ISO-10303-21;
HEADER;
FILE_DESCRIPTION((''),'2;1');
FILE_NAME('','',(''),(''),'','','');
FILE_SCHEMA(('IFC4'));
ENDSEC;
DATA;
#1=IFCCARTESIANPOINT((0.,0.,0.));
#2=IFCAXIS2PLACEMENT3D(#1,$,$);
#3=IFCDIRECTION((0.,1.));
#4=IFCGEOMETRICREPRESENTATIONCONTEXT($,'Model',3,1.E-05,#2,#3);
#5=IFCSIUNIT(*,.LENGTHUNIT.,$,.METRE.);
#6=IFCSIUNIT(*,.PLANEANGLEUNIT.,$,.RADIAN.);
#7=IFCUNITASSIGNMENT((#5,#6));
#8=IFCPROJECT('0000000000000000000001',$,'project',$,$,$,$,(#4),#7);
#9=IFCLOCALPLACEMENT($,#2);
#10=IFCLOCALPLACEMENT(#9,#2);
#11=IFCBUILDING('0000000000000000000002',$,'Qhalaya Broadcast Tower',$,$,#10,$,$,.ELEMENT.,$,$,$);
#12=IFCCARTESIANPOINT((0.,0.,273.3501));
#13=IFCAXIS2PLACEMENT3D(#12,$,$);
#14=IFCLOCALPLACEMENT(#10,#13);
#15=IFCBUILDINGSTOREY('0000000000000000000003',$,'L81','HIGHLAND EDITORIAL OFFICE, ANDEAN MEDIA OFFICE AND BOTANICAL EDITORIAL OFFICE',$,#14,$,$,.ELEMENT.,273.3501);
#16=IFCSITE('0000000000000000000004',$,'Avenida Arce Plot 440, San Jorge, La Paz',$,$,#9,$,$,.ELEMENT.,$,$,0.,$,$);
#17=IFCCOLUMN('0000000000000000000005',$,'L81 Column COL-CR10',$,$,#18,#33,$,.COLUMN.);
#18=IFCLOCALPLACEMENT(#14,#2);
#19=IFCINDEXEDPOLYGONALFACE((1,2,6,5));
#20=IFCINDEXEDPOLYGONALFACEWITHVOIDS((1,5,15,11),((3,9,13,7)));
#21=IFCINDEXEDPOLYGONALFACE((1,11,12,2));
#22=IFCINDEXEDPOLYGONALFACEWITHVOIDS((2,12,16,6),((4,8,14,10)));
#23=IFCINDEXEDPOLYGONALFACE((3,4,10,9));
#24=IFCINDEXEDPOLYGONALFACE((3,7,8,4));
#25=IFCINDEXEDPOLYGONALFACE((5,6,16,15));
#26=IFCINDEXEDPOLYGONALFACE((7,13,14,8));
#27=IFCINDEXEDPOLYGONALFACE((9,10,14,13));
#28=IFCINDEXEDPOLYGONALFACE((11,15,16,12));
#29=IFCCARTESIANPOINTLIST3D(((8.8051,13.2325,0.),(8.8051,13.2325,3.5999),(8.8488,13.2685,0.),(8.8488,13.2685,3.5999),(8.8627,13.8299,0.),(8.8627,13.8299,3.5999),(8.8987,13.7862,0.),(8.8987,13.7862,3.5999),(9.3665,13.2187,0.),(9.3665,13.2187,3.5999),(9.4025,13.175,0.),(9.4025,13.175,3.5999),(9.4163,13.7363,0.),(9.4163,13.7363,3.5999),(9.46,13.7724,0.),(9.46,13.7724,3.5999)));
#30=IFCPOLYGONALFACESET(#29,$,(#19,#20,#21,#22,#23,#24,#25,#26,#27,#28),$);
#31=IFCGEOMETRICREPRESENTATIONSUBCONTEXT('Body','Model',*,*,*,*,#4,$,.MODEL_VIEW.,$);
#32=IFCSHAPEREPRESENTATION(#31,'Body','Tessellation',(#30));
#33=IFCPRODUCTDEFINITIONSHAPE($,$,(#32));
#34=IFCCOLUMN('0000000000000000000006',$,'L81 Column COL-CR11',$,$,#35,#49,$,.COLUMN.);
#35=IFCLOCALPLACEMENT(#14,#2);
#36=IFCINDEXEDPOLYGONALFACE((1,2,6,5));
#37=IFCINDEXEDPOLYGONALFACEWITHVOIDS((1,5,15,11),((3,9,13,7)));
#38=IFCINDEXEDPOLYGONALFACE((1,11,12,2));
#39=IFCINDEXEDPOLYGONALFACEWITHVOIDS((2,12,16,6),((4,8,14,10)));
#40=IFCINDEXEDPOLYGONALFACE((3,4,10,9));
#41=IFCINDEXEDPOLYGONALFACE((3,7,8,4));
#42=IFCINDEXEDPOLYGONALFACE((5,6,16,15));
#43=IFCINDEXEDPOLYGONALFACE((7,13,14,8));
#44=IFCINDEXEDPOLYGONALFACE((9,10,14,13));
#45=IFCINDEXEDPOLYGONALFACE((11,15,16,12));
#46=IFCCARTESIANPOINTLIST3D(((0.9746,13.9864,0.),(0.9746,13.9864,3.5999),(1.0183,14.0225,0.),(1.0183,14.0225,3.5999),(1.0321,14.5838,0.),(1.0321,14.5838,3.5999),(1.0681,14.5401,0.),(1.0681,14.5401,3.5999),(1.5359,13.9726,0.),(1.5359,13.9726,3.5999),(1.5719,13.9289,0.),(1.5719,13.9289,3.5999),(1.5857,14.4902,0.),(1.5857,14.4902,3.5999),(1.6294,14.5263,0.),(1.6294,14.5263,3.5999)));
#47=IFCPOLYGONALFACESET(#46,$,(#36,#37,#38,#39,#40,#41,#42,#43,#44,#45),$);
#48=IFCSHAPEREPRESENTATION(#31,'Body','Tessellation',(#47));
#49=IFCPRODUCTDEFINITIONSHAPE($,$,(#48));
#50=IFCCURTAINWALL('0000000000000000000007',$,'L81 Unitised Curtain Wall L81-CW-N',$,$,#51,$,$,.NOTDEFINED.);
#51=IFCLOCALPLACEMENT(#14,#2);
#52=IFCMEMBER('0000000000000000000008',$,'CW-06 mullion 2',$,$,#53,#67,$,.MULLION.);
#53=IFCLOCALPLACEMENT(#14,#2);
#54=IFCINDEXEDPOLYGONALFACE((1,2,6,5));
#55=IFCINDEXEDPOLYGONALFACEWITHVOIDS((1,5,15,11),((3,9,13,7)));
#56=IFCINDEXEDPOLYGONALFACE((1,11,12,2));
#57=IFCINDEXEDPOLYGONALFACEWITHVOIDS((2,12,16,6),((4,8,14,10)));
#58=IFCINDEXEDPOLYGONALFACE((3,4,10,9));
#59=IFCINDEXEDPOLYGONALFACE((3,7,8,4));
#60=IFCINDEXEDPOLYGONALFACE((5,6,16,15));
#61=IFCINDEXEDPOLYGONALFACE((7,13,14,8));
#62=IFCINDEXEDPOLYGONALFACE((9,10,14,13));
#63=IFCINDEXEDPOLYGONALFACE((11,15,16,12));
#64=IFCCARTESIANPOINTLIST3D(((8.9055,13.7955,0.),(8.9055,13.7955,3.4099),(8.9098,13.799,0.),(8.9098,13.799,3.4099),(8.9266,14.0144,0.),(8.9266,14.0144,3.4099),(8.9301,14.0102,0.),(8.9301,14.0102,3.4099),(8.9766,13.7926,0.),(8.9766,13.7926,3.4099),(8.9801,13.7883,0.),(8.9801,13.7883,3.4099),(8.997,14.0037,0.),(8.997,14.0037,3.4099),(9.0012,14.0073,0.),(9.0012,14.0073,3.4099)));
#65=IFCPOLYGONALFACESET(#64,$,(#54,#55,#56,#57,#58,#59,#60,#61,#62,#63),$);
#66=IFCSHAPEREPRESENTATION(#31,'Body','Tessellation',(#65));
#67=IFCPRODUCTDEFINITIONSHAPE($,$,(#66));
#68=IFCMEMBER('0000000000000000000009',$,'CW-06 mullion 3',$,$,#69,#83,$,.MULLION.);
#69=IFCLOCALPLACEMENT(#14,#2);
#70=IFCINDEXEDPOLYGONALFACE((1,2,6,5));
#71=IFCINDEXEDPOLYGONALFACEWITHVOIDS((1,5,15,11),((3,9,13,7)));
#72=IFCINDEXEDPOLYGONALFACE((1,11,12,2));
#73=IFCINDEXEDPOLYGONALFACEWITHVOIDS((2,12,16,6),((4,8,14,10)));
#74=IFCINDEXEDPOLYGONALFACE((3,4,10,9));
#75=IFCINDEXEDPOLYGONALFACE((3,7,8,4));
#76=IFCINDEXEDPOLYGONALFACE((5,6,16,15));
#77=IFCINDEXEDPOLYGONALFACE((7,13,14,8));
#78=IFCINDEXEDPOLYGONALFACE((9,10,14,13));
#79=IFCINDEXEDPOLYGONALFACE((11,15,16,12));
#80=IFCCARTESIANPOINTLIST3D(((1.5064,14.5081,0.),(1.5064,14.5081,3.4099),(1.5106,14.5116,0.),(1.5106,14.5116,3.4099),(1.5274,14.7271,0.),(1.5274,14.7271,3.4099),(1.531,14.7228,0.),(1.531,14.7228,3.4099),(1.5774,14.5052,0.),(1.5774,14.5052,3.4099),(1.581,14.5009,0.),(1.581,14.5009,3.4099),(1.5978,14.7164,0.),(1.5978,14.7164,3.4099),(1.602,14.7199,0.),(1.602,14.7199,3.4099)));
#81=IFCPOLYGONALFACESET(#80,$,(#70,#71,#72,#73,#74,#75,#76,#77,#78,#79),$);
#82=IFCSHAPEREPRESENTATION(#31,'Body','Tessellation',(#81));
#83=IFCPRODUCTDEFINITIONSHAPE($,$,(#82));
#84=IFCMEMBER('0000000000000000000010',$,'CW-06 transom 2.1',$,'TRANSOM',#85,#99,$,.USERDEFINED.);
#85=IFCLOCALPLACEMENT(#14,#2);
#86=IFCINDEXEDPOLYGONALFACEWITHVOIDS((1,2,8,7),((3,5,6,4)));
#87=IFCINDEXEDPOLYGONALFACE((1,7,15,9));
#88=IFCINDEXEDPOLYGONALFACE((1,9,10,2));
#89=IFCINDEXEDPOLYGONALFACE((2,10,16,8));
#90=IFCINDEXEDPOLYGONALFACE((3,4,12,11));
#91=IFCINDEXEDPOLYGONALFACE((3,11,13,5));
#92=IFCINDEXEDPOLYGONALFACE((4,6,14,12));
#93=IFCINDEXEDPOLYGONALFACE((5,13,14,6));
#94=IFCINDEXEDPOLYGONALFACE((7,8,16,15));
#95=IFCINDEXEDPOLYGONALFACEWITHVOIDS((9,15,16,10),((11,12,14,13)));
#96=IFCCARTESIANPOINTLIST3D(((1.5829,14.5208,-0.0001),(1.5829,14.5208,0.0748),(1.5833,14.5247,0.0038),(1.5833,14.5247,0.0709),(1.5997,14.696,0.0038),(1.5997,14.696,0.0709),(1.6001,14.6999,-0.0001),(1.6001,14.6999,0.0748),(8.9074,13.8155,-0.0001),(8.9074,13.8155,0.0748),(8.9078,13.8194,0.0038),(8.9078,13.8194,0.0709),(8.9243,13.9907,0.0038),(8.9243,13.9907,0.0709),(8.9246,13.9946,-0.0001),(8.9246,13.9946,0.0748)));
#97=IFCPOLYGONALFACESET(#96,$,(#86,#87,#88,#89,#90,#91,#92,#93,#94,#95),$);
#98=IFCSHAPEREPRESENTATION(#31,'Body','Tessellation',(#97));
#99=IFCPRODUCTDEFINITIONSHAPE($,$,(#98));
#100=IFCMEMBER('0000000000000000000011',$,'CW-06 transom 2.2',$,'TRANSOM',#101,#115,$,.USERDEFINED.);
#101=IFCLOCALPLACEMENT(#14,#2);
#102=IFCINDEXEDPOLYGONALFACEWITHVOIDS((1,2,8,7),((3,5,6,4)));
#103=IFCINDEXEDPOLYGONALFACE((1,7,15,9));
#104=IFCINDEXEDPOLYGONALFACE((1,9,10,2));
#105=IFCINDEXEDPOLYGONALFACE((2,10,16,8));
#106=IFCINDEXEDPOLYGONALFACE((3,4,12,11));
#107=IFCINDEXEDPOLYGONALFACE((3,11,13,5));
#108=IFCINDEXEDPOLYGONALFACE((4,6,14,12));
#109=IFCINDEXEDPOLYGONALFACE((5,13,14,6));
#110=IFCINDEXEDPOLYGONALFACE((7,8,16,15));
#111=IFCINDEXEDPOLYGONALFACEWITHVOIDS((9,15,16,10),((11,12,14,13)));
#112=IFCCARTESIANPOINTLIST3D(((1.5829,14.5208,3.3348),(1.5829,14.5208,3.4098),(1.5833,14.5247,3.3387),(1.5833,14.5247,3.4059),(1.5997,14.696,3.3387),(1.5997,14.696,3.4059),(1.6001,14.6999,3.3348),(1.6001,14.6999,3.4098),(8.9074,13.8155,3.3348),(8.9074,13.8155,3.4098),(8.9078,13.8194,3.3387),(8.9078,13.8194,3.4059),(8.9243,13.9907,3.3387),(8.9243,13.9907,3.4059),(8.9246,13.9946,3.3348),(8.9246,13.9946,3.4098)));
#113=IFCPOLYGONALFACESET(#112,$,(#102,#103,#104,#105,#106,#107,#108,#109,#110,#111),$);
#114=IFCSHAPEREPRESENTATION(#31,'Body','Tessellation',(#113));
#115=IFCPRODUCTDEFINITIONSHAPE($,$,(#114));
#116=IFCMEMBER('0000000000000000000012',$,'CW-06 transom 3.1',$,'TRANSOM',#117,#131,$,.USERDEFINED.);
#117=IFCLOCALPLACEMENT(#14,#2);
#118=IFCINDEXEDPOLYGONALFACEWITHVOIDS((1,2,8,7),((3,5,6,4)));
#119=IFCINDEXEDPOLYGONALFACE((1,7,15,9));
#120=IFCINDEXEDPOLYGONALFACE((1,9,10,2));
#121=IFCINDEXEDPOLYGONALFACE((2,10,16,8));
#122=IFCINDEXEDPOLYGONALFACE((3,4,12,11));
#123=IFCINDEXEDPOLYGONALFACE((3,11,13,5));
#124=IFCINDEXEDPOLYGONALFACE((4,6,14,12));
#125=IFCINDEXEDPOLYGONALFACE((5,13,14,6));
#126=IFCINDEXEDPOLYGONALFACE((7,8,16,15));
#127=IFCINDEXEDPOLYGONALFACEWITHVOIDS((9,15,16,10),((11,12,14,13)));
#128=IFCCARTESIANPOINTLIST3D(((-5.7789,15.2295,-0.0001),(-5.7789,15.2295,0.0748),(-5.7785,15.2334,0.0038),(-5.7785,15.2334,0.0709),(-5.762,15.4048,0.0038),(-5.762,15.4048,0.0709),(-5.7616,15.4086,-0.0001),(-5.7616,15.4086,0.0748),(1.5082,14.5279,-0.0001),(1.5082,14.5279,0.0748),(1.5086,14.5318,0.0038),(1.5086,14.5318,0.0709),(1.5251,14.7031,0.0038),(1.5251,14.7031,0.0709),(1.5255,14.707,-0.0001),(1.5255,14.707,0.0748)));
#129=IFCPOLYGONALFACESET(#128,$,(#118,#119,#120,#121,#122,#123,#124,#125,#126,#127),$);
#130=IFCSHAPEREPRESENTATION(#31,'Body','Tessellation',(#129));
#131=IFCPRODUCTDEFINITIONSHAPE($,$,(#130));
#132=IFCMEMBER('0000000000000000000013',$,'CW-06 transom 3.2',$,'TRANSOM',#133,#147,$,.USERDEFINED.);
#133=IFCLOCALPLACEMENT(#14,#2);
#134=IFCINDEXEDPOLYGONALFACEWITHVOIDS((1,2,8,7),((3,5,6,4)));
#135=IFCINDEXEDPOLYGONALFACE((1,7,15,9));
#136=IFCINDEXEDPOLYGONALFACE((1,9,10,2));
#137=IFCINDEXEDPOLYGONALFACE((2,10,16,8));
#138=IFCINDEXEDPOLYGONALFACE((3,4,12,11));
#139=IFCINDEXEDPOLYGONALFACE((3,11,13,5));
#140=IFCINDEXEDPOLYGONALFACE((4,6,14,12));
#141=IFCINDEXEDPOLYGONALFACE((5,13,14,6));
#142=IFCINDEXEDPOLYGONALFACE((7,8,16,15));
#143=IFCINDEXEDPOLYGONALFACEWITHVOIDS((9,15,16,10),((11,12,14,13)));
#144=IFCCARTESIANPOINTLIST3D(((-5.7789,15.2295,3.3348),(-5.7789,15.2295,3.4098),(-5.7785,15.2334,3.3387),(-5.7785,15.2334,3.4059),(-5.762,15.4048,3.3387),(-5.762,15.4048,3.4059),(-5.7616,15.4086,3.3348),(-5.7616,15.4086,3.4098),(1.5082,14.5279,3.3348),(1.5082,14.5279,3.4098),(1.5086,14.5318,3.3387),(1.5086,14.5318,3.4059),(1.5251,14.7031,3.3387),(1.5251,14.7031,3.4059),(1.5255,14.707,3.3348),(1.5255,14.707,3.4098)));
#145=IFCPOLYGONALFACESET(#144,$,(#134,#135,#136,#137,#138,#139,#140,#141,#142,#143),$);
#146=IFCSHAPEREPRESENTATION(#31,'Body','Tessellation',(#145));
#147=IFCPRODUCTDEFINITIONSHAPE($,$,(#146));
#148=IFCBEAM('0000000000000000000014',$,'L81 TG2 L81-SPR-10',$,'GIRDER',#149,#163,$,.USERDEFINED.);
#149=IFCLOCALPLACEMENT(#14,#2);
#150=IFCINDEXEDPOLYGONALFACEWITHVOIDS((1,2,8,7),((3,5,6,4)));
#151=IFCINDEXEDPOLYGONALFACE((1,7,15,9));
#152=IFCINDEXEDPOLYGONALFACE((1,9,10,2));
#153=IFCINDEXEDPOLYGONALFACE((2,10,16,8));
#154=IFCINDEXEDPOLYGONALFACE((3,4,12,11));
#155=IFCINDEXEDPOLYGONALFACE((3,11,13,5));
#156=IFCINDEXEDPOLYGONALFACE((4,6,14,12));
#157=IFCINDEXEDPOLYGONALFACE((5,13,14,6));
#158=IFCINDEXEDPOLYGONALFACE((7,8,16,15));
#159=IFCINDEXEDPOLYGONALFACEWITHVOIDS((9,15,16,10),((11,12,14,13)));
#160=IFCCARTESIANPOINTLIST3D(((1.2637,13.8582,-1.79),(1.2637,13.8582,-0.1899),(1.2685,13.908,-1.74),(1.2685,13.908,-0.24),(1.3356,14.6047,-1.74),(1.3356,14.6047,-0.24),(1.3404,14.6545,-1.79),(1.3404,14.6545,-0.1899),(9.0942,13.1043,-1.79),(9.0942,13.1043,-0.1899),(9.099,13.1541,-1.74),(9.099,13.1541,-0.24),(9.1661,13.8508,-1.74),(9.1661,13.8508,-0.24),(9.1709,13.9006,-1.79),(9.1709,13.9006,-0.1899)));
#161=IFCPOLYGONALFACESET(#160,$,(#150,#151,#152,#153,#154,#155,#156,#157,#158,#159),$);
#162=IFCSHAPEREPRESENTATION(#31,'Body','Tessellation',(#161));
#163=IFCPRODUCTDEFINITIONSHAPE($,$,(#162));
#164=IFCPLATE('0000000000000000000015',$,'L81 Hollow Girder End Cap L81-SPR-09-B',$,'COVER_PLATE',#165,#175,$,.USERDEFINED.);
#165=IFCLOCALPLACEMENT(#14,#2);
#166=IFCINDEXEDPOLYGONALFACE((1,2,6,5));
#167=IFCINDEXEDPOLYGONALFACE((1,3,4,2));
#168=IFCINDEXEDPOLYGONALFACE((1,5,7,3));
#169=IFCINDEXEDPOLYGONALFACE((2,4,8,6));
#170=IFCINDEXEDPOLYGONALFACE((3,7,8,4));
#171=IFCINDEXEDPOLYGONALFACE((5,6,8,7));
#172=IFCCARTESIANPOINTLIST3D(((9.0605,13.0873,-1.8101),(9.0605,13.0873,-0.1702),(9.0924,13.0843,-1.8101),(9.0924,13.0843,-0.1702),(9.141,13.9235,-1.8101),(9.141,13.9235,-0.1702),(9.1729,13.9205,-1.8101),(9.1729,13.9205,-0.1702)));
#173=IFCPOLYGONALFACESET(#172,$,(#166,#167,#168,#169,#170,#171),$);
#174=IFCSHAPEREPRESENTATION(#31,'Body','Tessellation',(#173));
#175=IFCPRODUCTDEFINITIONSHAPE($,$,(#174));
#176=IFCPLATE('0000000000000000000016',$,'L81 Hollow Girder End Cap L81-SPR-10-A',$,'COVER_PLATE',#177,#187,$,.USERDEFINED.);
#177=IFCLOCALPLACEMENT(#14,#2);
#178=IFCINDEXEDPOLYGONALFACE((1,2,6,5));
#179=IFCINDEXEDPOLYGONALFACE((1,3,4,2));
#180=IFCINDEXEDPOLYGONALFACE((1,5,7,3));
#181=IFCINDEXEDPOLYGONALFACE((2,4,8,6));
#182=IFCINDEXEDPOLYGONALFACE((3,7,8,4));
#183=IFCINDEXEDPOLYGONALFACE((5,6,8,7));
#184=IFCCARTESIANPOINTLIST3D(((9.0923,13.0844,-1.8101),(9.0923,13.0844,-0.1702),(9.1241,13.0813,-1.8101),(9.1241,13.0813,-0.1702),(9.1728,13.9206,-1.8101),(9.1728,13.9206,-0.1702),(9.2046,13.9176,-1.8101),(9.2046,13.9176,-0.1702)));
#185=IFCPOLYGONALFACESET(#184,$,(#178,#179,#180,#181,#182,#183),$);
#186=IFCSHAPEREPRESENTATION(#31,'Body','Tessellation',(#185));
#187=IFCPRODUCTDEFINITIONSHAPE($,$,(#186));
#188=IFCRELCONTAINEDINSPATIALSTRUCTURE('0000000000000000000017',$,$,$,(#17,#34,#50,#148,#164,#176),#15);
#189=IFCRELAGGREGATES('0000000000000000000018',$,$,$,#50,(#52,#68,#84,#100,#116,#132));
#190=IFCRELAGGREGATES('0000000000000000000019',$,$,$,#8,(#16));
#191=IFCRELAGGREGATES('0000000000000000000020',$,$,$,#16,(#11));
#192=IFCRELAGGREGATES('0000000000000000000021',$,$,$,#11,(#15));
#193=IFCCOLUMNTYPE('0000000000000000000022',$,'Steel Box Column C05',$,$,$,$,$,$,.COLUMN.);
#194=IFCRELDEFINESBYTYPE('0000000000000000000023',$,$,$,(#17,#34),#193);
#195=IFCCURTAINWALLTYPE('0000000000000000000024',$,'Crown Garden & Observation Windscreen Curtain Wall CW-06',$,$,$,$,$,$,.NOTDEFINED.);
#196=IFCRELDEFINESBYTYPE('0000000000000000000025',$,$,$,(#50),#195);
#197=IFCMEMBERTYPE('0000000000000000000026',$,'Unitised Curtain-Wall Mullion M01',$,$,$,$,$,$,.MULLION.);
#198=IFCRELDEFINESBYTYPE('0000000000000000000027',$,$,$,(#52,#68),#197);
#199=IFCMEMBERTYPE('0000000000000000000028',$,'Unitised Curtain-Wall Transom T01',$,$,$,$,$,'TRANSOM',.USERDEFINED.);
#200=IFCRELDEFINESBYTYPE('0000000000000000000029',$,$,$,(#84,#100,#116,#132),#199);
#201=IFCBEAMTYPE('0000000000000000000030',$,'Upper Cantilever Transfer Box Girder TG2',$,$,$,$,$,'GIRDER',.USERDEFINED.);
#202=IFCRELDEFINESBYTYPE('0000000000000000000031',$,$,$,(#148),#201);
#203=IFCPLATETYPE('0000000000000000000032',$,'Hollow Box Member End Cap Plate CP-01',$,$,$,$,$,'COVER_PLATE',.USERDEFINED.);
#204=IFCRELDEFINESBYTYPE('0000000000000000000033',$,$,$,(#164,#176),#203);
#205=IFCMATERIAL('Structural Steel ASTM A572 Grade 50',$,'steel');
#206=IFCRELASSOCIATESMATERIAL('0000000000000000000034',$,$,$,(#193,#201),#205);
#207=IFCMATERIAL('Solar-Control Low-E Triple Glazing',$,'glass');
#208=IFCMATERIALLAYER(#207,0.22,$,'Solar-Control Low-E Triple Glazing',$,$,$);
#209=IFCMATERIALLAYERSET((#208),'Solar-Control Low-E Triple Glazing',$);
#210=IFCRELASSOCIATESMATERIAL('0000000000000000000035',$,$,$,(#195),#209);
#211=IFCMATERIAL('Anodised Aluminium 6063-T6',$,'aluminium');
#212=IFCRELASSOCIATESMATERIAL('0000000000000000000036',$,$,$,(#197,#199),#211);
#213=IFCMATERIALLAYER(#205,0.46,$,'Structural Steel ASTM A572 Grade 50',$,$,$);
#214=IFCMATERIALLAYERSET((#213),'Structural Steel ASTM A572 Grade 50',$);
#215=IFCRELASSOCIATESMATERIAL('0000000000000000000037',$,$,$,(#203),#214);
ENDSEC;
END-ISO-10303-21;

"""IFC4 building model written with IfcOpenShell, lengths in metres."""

from ifc_helpers import new_model, si_unit, direction, frame, origin, origin_2d, place, context, subcontext, project, spatial, rectangle, hollow_rectangle, extrude, material, layer, layer_set, material_profile, profile_set, type_object, element, aggregate, save


model = new_model("IFC4")

# Units and contexts
model_context = context("Model", 3, precision=1e-05, world=origin(), true_north=direction((0.0, 1.0)))
body_context = subcontext(model_context, "Body", "Model", "MODEL_VIEW")
ifc_project = project(units=[si_unit("LENGTHUNIT", "METRE"), si_unit("PLANEANGLEUNIT", "RADIAN")], contexts=[model_context])

# Site, building, storey
site_placement = place(None, origin())
site = spatial("IfcSite", under=ifc_project, at=site_placement, Name="Avenida Arce Plot 440, San Jorge, La Paz", CompositionType="ELEMENT", RefElevation=0.0)
building_placement = place(site_placement, origin())
building = spatial("IfcBuilding", under=site, at=building_placement, Name="Qhalaya Broadcast Tower", CompositionType="ELEMENT")
storey_placement = place(building_placement, frame((0.0, 0.0, 273.3501)))
storey = spatial("IfcBuildingStorey", under=building, at=storey_placement, Name="L81", Description="HIGHLAND EDITORIAL OFFICE, ANDEAN MEDIA OFFICE AND BOTANICAL EDITORIAL OFFICE", CompositionType="ELEMENT", Elevation=273.3501)

# Columns
ifc_material_1 = material(Name="Structural Steel ASTM A572 Grade 50", Category="steel")
ifc_material_profile_1 = material_profile(ifc_material_1, hollow_rectangle(XDim=0.6001, YDim=0.6001, WallThickness=0.04, at=origin_2d()), Name="BOX 600x600x40")
ifc_profile_set_1 = profile_set([ifc_material_profile_1], Name="Structural Steel ASTM A572 Grade 50")
column_type = type_object("IfcColumnType", Name="Steel Box Column C05", PredefinedType="COLUMN", material=ifc_profile_set_1)
for number, where, z_axis, x_axis, name in (
    (1, (9.1326, 13.5024, 0.0), (0.0, 0.0, 1.0), (0.995396, -0.095846, 0.0), "L81 Column COL-CR10"),
    (2, (1.302, 14.2563, 0.0), (0.0, 0.0, 1.0), (0.995396, -0.095846, 0.0), "L81 Column COL-CR11"),
):
    element("IfcColumn", number, at=place(storey_placement, frame(where, z_axis=z_axis, x_axis=x_axis)), inside=storey, type_object=column_type, Name=name, PredefinedType="COLUMN", context=body_context, shape_type="SweptSolid", body=[
        extrude(hollow_rectangle(XDim=0.6001, YDim=0.6001, WallThickness=0.04, at=origin_2d()), origin(), (0.0, 0.0, 1.0), 3.5999),
    ])

# Curtain wall, members
ifc_material_2 = material(Name="Solar-Control Low-E Triple Glazing", Category="glass")
ifc_layer_1 = layer(ifc_material_2, 0.22, Name="Solar-Control Low-E Triple Glazing")
ifc_layer_set_1 = layer_set([ifc_layer_1], Name="Solar-Control Low-E Triple Glazing")
curtain_wall_type = type_object("IfcCurtainWallType", Name="Crown Garden & Observation Windscreen Curtain Wall CW-06", PredefinedType="NOTDEFINED", material=ifc_layer_set_1)
curtain_wall_placement = place(storey_placement, origin())
curtain_wall = element("IfcCurtainWall", 3, at=curtain_wall_placement, inside=storey, type_object=curtain_wall_type, Name="L81 Unitised Curtain Wall L81-CW-N", PredefinedType="NOTDEFINED")
ifc_material_3 = material(Name="Anodised Aluminium 6063-T6", Category="aluminium")
ifc_material_profile_2 = material_profile(ifc_material_3, hollow_rectangle(XDim=0.075, YDim=0.22, WallThickness=0.0039, at=origin_2d()), Name="ALU-MUL 75x220x4")
ifc_profile_set_2 = profile_set([ifc_material_profile_2], Name="Anodised Aluminium 6063-T6")
member_type_1 = type_object("IfcMemberType", Name="Unitised Curtain-Wall Mullion M01", PredefinedType="MULLION", material=ifc_profile_set_2)
member_1_placement = place(storey_placement, frame((8.9534, 13.9014, 0.0), z_axis=(0.0, 0.0, 1.0), x_axis=(-0.995396, 0.095848, 0.0)))
member_1 = element("IfcMember", 4, at=member_1_placement, type_object=member_type_1, Name="CW-06 mullion 2", PredefinedType="MULLION", context=body_context, shape_type="SweptSolid", body=[
    extrude(hollow_rectangle(XDim=0.075, YDim=0.22, WallThickness=0.0039, at=origin_2d()), origin(), (0.0, 0.0, 1.0), 3.4099),
])
member_2_placement = place(storey_placement, frame((1.5542, 14.614, 0.0), z_axis=(0.0, 0.0, 1.0), x_axis=(-0.995396, 0.095848, 0.0)))
member_2 = element("IfcMember", 5, at=member_2_placement, type_object=member_type_1, Name="CW-06 mullion 3", PredefinedType="MULLION", context=body_context, shape_type="SweptSolid", body=[
    extrude(hollow_rectangle(XDim=0.075, YDim=0.22, WallThickness=0.0039, at=origin_2d()), origin(), (0.0, 0.0, 1.0), 3.4099),
])
ifc_material_profile_3 = material_profile(ifc_material_3, hollow_rectangle(XDim=0.075, YDim=0.1799, WallThickness=0.0039, at=origin_2d()), Name="ALU-TRN 75x180x4")
ifc_profile_set_3 = profile_set([ifc_material_profile_3], Name="Anodised Aluminium 6063-T6")
member_type_2 = type_object("IfcMemberType", Name="Unitised Curtain-Wall Transom T01", ElementType="TRANSOM", PredefinedType="USERDEFINED", material=ifc_profile_set_3)
member_3_placement = place(storey_placement, frame((8.916, 13.905, 0.0374), z_axis=(-0.995395, 0.095853, 0.0), x_axis=(0.0, 0.0, 1.0)))
member_3 = element("IfcMember", 6, at=member_3_placement, type_object=member_type_2, Name="CW-06 transom 2.1", ObjectType="TRANSOM", PredefinedType="USERDEFINED", context=body_context, shape_type="SweptSolid", body=[
    extrude(hollow_rectangle(XDim=0.075, YDim=0.1799, WallThickness=0.0039, at=origin_2d()), origin(), (0.0, 0.0, 1.0), 7.3584),
])
member_4_placement = place(storey_placement, frame((8.916, 13.905, 3.3723), z_axis=(-0.995395, 0.095853, 0.0), x_axis=(0.0, 0.0, 1.0)))
member_4 = element("IfcMember", 7, at=member_4_placement, type_object=member_type_2, Name="CW-06 transom 2.2", ObjectType="TRANSOM", PredefinedType="USERDEFINED", context=body_context, shape_type="SweptSolid", body=[
    extrude(hollow_rectangle(XDim=0.075, YDim=0.1799, WallThickness=0.0039, at=origin_2d()), origin(), (0.0, 0.0, 1.0), 7.3584),
])
member_5_placement = place(storey_placement, frame((1.5168, 14.6174, 0.0374), z_axis=(-0.995396, 0.095845, 0.0), x_axis=(0.0, 0.0, 1.0)))
member_5 = element("IfcMember", 8, at=member_5_placement, type_object=member_type_2, Name="CW-06 transom 3.1", ObjectType="TRANSOM", PredefinedType="USERDEFINED", context=body_context, shape_type="SweptSolid", body=[
    extrude(hollow_rectangle(XDim=0.075, YDim=0.1799, WallThickness=0.0039, at=origin_2d()), origin(), (0.0, 0.0, 1.0), 7.3208),
])
member_6_placement = place(storey_placement, frame((1.5168, 14.6174, 3.3723), z_axis=(-0.995396, 0.095845, 0.0), x_axis=(0.0, 0.0, 1.0)))
member_6 = element("IfcMember", 9, at=member_6_placement, type_object=member_type_2, Name="CW-06 transom 3.2", ObjectType="TRANSOM", PredefinedType="USERDEFINED", context=body_context, shape_type="SweptSolid", body=[
    extrude(hollow_rectangle(XDim=0.075, YDim=0.1799, WallThickness=0.0039, at=origin_2d()), origin(), (0.0, 0.0, 1.0), 7.3208),
])

# Beam
ifc_material_profile_4 = material_profile(ifc_material_1, hollow_rectangle(XDim=0.8, YDim=1.6001, WallThickness=0.05, at=origin_2d()), Name="BOX 800x1600x50")
ifc_profile_set_4 = profile_set([ifc_material_profile_4], Name="Structural Steel ASTM A572 Grade 50")
beam_type = type_object("IfcBeamType", Name="Upper Cantilever Transfer Box Girder TG2", ElementType="GIRDER", PredefinedType="USERDEFINED", material=ifc_profile_set_4)
beam_placement = place(storey_placement, frame((9.1326, 13.5024, -0.99), z_axis=(-0.995397, 0.095834, 0.0), x_axis=(-0.095834, -0.995397, 0.0)))
element("IfcBeam", 10, at=beam_placement, inside=storey, type_object=beam_type, Name="L81 TG2 L81-SPR-10", ObjectType="GIRDER", PredefinedType="USERDEFINED", context=body_context, shape_type="SweptSolid", body=[
    extrude(hollow_rectangle(XDim=0.8, YDim=1.6001, WallThickness=0.05, at=origin_2d()), origin(), (0.0, 0.0, 1.0), 7.8667),
])

# Plates
ifc_layer_2 = layer(ifc_material_1, 0.46, Name="Structural Steel ASTM A572 Grade 50")
ifc_layer_set_2 = layer_set([ifc_layer_2], Name="Structural Steel ASTM A572 Grade 50")
plate_type_1 = type_object("IfcPlateType", Name="Hollow Box Member End Cap Plate CP-01", ElementType="COVER_PLATE", PredefinedType="USERDEFINED", material=ifc_layer_set_2)
for number, where, z_axis, x_axis, name in (
    (11, (9.1167, 13.5039, -1.8101), (0.0, 0.0, 1.0), (-0.095828, -0.995398, 0.0), "L81 Hollow Girder End Cap L81-SPR-09-B"),
    (12, (9.1484, 13.501, -1.8101), (0.0, 0.0, 1.0), (-0.095846, -0.995396, 0.0), "L81 Hollow Girder End Cap L81-SPR-10-A"),
):
    element("IfcPlate", number, at=place(storey_placement, frame(where, z_axis=z_axis, x_axis=x_axis)), inside=storey, type_object=plate_type_1, Name=name, ObjectType="COVER_PLATE", PredefinedType="USERDEFINED", context=body_context, shape_type="SweptSolid", body=[
        extrude(rectangle(XDim=0.8401, YDim=0.032, at=origin_2d()), origin(), (0.0, 0.0, 1.0), 1.6399),
    ])

aggregate(curtain_wall, [member_1, member_2, member_3, member_4, member_5, member_6])

save(model, "model.ifc")
